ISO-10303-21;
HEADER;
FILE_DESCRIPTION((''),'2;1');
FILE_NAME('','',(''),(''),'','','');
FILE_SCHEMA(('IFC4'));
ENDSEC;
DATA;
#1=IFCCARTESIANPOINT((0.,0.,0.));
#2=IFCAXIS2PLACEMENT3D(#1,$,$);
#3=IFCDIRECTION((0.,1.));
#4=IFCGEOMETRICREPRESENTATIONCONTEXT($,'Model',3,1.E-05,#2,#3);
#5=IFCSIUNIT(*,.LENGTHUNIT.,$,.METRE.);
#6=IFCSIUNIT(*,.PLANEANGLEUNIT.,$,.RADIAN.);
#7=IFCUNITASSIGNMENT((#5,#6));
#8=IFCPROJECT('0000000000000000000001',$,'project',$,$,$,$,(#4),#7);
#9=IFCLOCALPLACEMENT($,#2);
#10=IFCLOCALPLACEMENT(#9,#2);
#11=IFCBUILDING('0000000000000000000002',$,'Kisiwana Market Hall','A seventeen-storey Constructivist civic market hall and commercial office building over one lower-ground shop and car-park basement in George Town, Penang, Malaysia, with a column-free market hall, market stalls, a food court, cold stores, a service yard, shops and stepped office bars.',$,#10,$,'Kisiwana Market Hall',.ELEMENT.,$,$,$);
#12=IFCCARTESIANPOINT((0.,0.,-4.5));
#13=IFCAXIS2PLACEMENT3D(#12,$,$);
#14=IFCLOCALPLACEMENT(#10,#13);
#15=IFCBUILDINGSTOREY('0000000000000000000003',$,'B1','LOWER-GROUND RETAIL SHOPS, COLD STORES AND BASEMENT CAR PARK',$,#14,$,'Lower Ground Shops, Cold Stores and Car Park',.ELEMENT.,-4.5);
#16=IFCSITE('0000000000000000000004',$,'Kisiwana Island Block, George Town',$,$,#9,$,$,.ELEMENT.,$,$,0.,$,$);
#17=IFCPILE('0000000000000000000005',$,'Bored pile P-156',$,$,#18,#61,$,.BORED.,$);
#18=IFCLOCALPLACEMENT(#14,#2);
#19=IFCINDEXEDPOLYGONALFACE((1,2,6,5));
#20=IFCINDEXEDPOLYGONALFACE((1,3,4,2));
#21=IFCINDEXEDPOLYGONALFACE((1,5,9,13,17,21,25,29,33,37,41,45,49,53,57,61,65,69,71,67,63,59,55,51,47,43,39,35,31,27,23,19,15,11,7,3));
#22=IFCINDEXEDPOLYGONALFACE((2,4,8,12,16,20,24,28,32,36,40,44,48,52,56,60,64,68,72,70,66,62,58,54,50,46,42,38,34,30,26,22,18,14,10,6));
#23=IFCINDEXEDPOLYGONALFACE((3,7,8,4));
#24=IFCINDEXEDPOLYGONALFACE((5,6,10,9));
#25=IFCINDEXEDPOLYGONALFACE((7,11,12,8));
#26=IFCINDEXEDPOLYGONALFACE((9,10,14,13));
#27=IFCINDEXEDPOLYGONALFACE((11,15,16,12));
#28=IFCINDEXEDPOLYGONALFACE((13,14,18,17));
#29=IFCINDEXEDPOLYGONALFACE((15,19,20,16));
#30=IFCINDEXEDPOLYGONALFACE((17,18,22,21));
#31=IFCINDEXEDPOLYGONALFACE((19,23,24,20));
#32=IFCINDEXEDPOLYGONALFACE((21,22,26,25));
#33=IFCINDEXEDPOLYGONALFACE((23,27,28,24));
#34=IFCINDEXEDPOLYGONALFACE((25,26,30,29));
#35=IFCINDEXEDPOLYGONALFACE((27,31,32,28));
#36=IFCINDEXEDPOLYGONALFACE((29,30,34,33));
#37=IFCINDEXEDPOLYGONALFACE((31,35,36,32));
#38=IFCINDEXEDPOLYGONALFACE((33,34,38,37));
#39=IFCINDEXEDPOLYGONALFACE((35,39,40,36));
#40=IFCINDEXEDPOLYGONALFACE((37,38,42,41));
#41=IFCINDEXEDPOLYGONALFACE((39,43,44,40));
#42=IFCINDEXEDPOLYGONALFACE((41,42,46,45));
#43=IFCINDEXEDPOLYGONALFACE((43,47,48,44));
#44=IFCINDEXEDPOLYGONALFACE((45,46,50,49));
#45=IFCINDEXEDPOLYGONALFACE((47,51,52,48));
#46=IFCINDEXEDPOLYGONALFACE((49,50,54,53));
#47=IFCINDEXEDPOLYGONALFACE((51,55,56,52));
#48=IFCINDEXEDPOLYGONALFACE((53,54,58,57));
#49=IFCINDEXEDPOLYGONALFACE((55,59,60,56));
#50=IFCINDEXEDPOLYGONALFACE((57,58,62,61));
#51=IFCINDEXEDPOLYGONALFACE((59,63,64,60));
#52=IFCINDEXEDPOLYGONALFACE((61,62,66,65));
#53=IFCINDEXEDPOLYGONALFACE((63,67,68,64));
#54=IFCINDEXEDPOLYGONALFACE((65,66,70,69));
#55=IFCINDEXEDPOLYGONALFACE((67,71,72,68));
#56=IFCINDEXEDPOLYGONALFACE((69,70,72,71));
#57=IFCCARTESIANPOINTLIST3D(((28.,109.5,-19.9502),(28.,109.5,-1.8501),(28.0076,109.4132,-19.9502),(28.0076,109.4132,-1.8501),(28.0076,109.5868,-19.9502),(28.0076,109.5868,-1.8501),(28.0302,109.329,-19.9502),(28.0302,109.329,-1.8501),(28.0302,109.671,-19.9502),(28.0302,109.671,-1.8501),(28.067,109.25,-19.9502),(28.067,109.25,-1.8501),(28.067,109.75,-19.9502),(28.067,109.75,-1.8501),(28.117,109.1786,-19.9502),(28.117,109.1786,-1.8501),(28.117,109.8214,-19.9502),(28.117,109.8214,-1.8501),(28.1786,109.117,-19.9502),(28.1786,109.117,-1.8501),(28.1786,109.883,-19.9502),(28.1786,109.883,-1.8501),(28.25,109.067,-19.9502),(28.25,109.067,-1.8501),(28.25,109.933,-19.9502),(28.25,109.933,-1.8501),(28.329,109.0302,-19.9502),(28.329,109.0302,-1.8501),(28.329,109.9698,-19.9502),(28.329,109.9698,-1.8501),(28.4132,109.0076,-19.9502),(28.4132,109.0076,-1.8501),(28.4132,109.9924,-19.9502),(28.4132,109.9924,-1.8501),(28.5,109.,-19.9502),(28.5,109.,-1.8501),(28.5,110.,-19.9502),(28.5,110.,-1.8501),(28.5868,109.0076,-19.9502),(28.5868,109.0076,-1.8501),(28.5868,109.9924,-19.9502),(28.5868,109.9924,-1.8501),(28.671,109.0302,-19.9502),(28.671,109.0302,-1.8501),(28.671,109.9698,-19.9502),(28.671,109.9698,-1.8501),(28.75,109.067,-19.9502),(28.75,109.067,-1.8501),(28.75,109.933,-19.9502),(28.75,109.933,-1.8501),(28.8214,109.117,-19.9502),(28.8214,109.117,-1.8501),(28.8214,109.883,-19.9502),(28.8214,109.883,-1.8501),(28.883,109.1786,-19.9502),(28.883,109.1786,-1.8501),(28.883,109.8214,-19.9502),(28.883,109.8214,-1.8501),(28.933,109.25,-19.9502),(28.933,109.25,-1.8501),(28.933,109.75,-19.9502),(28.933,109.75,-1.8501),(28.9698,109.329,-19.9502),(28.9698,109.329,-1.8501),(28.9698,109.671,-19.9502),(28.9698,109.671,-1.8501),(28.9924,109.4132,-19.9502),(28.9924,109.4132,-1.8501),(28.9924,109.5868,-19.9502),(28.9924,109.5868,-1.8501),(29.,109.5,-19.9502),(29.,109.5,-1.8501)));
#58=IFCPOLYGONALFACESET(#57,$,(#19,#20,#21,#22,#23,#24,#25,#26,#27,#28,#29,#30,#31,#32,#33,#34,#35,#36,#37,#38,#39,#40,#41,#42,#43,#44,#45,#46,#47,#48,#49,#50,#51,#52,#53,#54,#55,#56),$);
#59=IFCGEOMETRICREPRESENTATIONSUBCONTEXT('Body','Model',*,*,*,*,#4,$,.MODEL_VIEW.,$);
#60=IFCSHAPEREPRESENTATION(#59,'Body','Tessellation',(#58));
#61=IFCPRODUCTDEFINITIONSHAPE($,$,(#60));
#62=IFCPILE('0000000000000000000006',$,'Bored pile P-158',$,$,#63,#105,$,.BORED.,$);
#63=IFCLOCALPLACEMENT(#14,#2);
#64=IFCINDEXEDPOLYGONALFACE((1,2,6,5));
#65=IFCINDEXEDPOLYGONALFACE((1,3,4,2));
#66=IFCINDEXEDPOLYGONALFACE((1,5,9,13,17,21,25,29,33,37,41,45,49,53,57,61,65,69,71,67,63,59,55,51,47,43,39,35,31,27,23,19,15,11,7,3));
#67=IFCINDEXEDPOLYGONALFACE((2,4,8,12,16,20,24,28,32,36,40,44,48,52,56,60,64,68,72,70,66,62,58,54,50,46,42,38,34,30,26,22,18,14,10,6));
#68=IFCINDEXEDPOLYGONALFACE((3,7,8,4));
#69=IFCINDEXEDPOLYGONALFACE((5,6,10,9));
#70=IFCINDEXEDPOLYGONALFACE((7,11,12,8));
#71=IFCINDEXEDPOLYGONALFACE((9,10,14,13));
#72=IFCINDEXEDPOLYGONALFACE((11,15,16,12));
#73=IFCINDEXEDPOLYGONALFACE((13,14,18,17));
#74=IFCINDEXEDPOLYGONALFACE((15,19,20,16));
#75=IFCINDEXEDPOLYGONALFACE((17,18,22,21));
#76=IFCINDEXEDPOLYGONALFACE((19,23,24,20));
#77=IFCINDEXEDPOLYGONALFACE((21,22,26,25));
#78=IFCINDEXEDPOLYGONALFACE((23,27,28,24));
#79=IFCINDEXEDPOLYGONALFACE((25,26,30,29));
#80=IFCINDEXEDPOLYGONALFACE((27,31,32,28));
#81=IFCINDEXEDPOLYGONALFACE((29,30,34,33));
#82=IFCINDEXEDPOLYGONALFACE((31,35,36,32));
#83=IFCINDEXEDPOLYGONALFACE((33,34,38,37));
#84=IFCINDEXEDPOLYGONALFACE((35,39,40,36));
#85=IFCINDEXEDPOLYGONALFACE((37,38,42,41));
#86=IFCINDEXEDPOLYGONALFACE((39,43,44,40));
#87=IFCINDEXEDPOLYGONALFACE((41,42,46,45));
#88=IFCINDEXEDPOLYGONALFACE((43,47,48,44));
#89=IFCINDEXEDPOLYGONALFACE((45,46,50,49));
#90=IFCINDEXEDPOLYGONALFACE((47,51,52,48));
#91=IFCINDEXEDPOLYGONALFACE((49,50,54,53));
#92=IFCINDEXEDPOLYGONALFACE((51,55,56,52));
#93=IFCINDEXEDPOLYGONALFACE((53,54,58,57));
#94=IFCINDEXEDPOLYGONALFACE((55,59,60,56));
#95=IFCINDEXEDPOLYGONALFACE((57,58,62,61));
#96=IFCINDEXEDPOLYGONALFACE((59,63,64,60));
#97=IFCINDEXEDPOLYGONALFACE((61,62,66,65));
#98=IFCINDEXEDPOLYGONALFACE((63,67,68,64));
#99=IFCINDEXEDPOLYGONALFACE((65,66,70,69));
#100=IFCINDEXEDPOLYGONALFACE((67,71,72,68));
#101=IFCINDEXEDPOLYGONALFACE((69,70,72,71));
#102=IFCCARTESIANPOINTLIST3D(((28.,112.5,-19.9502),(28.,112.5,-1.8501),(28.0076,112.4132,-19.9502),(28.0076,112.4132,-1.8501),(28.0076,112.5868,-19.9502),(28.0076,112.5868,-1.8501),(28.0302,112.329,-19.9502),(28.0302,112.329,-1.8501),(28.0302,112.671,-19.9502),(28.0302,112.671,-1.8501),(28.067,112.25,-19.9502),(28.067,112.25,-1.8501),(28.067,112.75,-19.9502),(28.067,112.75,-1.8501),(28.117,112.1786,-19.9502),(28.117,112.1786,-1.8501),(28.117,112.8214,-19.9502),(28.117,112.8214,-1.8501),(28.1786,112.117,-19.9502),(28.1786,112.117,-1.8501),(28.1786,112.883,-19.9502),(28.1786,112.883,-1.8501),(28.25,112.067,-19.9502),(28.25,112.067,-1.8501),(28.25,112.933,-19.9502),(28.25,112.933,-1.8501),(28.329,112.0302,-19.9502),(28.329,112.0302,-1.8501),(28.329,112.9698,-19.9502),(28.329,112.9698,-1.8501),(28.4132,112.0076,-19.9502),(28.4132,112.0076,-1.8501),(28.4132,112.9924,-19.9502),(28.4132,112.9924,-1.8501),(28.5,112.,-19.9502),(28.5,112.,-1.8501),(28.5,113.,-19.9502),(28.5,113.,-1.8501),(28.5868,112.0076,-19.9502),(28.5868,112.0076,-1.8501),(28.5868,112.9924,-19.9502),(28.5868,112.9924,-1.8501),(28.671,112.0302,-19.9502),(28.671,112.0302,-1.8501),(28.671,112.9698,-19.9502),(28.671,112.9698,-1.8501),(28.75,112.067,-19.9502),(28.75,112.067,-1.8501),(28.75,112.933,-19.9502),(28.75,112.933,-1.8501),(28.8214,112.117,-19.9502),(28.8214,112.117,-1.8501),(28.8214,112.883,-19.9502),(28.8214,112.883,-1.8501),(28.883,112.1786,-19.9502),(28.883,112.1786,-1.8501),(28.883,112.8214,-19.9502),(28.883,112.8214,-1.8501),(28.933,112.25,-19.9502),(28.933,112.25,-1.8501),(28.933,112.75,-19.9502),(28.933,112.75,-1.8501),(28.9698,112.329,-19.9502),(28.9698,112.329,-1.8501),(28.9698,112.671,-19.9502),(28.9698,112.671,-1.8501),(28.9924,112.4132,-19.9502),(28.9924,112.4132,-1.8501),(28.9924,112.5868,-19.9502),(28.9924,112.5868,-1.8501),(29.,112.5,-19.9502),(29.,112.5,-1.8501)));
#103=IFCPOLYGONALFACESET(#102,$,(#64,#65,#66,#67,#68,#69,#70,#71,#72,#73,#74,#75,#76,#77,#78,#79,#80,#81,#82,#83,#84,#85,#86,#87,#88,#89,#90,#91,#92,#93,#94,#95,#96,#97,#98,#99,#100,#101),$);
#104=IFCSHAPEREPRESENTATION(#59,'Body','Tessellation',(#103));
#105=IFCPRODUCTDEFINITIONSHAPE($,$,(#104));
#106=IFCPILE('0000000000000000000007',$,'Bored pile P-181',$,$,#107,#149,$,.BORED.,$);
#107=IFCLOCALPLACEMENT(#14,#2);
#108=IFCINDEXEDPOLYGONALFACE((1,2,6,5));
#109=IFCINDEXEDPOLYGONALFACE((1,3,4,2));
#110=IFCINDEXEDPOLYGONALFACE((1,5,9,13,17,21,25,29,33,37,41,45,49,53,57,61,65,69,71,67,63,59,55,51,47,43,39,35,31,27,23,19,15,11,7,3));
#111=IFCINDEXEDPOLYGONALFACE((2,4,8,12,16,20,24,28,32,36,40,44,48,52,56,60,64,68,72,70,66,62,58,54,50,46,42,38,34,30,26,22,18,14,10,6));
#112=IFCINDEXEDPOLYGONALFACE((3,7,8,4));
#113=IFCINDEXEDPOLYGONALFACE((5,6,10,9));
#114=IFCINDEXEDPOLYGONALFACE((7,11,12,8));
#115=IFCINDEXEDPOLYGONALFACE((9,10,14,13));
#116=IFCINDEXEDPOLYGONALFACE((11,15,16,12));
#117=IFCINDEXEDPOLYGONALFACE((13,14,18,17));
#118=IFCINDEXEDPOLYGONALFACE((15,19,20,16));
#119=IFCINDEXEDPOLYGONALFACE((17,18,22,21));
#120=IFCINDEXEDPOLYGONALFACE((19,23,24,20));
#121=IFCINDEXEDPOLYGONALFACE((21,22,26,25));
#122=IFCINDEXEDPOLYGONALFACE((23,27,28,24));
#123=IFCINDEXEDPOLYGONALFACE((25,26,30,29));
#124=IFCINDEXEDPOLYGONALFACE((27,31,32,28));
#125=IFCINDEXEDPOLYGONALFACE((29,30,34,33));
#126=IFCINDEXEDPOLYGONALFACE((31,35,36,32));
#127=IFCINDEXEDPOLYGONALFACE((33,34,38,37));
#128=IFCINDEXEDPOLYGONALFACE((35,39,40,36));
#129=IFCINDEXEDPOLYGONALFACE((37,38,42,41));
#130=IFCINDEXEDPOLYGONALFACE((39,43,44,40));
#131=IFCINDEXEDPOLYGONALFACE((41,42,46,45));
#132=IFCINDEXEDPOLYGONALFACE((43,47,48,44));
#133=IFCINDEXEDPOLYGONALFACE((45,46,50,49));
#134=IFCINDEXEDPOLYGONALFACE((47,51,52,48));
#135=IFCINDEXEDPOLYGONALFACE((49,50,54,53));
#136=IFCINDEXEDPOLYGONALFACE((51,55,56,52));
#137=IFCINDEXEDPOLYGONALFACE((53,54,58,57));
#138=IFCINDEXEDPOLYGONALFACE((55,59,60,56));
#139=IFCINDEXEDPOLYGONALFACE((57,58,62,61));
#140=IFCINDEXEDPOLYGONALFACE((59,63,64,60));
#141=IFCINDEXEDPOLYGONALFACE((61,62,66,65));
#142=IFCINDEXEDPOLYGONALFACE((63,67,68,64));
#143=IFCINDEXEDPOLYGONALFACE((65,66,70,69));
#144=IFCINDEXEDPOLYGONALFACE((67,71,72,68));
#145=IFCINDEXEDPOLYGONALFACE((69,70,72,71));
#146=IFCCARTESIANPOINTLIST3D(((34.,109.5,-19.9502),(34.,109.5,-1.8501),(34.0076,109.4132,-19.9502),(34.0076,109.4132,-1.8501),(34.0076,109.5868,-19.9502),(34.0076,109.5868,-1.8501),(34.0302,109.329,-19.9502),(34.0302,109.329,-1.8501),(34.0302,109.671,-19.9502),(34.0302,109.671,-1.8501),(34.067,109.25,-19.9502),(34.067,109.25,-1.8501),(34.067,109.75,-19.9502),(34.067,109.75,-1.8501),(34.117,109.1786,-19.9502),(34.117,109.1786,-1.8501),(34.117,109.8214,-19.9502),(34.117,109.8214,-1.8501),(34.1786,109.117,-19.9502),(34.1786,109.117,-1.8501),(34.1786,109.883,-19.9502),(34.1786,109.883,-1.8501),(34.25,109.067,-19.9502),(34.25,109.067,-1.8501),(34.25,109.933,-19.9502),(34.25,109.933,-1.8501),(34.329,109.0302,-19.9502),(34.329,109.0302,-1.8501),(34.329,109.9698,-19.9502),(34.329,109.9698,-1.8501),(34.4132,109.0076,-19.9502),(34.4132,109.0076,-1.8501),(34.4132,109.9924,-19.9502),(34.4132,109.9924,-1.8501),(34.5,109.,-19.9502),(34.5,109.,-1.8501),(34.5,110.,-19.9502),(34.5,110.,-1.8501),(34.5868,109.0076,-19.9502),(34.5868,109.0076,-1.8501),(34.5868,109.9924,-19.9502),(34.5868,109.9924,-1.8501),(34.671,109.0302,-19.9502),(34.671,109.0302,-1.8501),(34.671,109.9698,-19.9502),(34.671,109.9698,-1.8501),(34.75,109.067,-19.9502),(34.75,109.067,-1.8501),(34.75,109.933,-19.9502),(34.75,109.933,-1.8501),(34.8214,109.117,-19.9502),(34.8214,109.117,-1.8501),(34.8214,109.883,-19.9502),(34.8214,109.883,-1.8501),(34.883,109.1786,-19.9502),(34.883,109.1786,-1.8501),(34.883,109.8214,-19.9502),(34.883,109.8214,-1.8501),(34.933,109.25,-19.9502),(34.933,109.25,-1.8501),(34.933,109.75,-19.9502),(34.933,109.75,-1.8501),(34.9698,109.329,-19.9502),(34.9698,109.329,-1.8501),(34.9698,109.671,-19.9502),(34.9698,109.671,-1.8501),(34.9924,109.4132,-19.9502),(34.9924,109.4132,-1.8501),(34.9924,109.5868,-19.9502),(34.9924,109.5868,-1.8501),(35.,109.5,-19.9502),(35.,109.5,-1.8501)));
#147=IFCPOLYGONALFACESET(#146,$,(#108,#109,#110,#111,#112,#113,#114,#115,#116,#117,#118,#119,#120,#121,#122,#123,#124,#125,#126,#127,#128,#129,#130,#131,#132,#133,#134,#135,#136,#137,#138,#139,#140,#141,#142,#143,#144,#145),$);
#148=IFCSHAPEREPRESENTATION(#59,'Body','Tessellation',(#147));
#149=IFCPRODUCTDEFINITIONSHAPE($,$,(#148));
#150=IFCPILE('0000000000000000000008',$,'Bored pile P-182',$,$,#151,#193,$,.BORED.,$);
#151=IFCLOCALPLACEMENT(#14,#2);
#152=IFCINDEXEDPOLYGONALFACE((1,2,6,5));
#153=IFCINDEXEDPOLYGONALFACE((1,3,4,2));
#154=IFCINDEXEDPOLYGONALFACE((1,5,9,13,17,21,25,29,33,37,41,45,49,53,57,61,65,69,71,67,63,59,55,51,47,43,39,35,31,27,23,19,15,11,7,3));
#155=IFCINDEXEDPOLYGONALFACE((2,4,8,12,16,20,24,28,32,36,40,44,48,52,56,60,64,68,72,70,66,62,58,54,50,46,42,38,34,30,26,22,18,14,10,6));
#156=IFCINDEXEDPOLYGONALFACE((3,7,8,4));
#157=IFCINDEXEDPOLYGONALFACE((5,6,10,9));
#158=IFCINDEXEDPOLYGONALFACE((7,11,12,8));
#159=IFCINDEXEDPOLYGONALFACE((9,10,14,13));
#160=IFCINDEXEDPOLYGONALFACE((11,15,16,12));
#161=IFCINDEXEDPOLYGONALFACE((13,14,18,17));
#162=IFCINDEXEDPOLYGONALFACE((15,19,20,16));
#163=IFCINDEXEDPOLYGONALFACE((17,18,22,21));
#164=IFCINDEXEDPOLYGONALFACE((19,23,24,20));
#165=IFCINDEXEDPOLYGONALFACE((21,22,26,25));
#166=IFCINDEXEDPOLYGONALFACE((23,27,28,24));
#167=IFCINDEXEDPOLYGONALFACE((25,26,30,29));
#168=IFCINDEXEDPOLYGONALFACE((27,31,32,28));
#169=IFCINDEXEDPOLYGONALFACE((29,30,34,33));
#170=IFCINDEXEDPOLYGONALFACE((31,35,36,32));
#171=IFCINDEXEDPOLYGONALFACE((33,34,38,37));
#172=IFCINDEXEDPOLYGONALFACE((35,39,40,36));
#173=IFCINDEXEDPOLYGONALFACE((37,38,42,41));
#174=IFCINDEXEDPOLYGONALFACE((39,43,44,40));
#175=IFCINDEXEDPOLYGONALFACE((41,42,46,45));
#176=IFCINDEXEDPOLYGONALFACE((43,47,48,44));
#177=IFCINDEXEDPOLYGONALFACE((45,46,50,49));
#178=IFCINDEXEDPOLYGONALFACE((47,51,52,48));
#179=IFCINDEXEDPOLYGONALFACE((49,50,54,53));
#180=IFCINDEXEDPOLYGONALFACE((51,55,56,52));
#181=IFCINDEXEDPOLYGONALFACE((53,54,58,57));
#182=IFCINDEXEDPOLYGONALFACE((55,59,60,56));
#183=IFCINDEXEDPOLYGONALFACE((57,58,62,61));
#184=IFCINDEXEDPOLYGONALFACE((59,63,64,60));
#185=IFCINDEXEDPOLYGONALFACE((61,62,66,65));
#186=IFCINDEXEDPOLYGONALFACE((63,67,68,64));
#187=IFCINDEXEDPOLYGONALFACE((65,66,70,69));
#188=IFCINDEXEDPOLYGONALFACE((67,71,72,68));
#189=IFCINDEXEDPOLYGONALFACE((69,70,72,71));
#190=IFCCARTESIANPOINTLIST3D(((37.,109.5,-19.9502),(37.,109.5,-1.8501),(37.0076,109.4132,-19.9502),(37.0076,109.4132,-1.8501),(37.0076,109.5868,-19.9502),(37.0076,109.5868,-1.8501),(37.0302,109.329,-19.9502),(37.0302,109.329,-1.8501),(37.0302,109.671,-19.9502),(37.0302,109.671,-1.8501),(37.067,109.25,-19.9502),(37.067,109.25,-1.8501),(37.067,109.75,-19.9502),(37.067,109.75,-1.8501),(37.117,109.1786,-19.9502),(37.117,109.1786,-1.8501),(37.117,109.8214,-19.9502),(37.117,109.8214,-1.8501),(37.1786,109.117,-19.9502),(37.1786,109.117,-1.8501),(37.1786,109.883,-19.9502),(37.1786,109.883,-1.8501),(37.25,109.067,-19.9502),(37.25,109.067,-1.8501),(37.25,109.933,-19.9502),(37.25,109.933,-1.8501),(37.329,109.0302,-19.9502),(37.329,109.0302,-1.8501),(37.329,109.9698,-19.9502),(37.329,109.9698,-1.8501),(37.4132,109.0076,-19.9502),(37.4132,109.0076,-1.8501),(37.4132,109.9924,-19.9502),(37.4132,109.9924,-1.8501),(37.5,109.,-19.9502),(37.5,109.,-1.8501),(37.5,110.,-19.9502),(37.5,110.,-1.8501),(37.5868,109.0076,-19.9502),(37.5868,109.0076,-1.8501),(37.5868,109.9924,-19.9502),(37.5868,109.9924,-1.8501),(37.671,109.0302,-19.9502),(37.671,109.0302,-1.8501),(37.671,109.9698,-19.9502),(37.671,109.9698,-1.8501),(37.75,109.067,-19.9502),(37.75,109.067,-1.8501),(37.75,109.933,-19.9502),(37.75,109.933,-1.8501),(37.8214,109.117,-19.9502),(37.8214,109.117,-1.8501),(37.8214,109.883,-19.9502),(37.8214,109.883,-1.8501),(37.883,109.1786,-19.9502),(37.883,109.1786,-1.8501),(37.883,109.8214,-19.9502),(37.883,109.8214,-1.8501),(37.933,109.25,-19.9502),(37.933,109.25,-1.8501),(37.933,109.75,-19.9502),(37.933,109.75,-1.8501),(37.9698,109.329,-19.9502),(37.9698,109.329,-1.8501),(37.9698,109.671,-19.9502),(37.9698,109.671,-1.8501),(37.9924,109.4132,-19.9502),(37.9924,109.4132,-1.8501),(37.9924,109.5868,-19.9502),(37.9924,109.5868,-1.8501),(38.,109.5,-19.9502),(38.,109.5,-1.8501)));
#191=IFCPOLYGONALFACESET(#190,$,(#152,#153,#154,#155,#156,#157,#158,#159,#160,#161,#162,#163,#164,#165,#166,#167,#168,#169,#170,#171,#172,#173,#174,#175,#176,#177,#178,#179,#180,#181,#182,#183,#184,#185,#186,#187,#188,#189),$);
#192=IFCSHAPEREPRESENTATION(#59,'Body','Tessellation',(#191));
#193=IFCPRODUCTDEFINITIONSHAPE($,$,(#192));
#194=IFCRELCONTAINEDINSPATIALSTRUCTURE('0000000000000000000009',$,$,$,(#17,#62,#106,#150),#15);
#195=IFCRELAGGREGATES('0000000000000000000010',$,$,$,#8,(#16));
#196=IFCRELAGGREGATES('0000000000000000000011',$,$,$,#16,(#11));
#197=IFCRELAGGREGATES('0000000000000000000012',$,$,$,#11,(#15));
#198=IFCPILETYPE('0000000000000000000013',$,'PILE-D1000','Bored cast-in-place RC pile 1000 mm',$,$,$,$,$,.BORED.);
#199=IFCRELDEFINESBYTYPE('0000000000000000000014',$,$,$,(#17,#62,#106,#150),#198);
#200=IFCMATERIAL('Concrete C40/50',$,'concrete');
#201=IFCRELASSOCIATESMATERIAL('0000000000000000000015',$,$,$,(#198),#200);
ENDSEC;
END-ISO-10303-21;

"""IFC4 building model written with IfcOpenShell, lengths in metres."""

from ifc_helpers import new_model, si_unit, direction, frame, origin, origin_2d, place, context, subcontext, project, spatial, circle, extrude, material, material_profile, profile_set, type_object, element, save


model = new_model("IFC4")

# Units and contexts
model_context = context("Model", 3, precision=1e-05, world=origin(), true_north=direction((0.0, 1.0)))
body_context = subcontext(model_context, "Body", "Model", "MODEL_VIEW")
ifc_project = project(units=[si_unit("LENGTHUNIT", "METRE"), si_unit("PLANEANGLEUNIT", "RADIAN")], contexts=[model_context])

# Site, building, storey
site_placement = place(None, origin())
site = spatial("IfcSite", under=ifc_project, at=site_placement, Name="Kisiwana Island Block, George Town", CompositionType="ELEMENT", RefElevation=0.0)
building_placement = place(site_placement, origin())
building = spatial("IfcBuilding", under=site, at=building_placement, Name="Kisiwana Market Hall", Description="A seventeen-storey Constructivist civic market hall and commercial office building over one lower-ground shop and car-park basement in George Town, Penang, Malaysia, with a column-free market hall, market stalls, a food court, cold stores, a service yard, shops and stepped office bars.", LongName="Kisiwana Market Hall", CompositionType="ELEMENT")
storey_placement = place(building_placement, frame((0.0, 0.0, -4.5)))
storey = spatial("IfcBuildingStorey", under=building, at=storey_placement, Name="B1", Description="LOWER-GROUND RETAIL SHOPS, COLD STORES AND BASEMENT CAR PARK", LongName="Lower Ground Shops, Cold Stores and Car Park", CompositionType="ELEMENT", Elevation=-4.5)

# Piles
ifc_material_1 = material(Name="Concrete C40/50", Category="concrete")
ifc_material_profile_1 = material_profile(ifc_material_1, circle(Radius=0.5, at=origin_2d()), Name="BP D1000")
ifc_profile_set_1 = profile_set([ifc_material_profile_1], Name="Concrete C40/50")
pile_type_1 = type_object("IfcPileType", Name="PILE-D1000", Description="Bored cast-in-place RC pile 1000 mm", PredefinedType="BORED", material=ifc_profile_set_1)
for number, where, z_axis, x_axis, name in (
    (1, (28.5, 109.5, -1.8501), (0.0, 0.0, -1.0), (1.0, 0.0, 0.0), "Bored pile P-156"),
    (2, (28.5, 112.5, -1.8501), (0.0, 0.0, -1.0), (1.0, 0.0, 0.0), "Bored pile P-158"),
    (3, (34.5, 109.5, -1.8501), (0.0, 0.0, -1.0), (1.0, 0.0, 0.0), "Bored pile P-181"),
    (4, (37.5, 109.5, -1.8501), (0.0, 0.0, -1.0), (1.0, 0.0, 0.0), "Bored pile P-182"),
):
    element("IfcPile", number, at=place(storey_placement, frame(where, z_axis=z_axis, x_axis=x_axis)), inside=storey, type_object=pile_type_1, Name=name, PredefinedType="BORED", context=body_context, shape_type="SweptSolid", body=[
        extrude(circle(Radius=0.5, at=origin_2d()), origin(), (0.0, 0.0, 1.0), 18.1001),
    ])

save(model, "model.ifc")
